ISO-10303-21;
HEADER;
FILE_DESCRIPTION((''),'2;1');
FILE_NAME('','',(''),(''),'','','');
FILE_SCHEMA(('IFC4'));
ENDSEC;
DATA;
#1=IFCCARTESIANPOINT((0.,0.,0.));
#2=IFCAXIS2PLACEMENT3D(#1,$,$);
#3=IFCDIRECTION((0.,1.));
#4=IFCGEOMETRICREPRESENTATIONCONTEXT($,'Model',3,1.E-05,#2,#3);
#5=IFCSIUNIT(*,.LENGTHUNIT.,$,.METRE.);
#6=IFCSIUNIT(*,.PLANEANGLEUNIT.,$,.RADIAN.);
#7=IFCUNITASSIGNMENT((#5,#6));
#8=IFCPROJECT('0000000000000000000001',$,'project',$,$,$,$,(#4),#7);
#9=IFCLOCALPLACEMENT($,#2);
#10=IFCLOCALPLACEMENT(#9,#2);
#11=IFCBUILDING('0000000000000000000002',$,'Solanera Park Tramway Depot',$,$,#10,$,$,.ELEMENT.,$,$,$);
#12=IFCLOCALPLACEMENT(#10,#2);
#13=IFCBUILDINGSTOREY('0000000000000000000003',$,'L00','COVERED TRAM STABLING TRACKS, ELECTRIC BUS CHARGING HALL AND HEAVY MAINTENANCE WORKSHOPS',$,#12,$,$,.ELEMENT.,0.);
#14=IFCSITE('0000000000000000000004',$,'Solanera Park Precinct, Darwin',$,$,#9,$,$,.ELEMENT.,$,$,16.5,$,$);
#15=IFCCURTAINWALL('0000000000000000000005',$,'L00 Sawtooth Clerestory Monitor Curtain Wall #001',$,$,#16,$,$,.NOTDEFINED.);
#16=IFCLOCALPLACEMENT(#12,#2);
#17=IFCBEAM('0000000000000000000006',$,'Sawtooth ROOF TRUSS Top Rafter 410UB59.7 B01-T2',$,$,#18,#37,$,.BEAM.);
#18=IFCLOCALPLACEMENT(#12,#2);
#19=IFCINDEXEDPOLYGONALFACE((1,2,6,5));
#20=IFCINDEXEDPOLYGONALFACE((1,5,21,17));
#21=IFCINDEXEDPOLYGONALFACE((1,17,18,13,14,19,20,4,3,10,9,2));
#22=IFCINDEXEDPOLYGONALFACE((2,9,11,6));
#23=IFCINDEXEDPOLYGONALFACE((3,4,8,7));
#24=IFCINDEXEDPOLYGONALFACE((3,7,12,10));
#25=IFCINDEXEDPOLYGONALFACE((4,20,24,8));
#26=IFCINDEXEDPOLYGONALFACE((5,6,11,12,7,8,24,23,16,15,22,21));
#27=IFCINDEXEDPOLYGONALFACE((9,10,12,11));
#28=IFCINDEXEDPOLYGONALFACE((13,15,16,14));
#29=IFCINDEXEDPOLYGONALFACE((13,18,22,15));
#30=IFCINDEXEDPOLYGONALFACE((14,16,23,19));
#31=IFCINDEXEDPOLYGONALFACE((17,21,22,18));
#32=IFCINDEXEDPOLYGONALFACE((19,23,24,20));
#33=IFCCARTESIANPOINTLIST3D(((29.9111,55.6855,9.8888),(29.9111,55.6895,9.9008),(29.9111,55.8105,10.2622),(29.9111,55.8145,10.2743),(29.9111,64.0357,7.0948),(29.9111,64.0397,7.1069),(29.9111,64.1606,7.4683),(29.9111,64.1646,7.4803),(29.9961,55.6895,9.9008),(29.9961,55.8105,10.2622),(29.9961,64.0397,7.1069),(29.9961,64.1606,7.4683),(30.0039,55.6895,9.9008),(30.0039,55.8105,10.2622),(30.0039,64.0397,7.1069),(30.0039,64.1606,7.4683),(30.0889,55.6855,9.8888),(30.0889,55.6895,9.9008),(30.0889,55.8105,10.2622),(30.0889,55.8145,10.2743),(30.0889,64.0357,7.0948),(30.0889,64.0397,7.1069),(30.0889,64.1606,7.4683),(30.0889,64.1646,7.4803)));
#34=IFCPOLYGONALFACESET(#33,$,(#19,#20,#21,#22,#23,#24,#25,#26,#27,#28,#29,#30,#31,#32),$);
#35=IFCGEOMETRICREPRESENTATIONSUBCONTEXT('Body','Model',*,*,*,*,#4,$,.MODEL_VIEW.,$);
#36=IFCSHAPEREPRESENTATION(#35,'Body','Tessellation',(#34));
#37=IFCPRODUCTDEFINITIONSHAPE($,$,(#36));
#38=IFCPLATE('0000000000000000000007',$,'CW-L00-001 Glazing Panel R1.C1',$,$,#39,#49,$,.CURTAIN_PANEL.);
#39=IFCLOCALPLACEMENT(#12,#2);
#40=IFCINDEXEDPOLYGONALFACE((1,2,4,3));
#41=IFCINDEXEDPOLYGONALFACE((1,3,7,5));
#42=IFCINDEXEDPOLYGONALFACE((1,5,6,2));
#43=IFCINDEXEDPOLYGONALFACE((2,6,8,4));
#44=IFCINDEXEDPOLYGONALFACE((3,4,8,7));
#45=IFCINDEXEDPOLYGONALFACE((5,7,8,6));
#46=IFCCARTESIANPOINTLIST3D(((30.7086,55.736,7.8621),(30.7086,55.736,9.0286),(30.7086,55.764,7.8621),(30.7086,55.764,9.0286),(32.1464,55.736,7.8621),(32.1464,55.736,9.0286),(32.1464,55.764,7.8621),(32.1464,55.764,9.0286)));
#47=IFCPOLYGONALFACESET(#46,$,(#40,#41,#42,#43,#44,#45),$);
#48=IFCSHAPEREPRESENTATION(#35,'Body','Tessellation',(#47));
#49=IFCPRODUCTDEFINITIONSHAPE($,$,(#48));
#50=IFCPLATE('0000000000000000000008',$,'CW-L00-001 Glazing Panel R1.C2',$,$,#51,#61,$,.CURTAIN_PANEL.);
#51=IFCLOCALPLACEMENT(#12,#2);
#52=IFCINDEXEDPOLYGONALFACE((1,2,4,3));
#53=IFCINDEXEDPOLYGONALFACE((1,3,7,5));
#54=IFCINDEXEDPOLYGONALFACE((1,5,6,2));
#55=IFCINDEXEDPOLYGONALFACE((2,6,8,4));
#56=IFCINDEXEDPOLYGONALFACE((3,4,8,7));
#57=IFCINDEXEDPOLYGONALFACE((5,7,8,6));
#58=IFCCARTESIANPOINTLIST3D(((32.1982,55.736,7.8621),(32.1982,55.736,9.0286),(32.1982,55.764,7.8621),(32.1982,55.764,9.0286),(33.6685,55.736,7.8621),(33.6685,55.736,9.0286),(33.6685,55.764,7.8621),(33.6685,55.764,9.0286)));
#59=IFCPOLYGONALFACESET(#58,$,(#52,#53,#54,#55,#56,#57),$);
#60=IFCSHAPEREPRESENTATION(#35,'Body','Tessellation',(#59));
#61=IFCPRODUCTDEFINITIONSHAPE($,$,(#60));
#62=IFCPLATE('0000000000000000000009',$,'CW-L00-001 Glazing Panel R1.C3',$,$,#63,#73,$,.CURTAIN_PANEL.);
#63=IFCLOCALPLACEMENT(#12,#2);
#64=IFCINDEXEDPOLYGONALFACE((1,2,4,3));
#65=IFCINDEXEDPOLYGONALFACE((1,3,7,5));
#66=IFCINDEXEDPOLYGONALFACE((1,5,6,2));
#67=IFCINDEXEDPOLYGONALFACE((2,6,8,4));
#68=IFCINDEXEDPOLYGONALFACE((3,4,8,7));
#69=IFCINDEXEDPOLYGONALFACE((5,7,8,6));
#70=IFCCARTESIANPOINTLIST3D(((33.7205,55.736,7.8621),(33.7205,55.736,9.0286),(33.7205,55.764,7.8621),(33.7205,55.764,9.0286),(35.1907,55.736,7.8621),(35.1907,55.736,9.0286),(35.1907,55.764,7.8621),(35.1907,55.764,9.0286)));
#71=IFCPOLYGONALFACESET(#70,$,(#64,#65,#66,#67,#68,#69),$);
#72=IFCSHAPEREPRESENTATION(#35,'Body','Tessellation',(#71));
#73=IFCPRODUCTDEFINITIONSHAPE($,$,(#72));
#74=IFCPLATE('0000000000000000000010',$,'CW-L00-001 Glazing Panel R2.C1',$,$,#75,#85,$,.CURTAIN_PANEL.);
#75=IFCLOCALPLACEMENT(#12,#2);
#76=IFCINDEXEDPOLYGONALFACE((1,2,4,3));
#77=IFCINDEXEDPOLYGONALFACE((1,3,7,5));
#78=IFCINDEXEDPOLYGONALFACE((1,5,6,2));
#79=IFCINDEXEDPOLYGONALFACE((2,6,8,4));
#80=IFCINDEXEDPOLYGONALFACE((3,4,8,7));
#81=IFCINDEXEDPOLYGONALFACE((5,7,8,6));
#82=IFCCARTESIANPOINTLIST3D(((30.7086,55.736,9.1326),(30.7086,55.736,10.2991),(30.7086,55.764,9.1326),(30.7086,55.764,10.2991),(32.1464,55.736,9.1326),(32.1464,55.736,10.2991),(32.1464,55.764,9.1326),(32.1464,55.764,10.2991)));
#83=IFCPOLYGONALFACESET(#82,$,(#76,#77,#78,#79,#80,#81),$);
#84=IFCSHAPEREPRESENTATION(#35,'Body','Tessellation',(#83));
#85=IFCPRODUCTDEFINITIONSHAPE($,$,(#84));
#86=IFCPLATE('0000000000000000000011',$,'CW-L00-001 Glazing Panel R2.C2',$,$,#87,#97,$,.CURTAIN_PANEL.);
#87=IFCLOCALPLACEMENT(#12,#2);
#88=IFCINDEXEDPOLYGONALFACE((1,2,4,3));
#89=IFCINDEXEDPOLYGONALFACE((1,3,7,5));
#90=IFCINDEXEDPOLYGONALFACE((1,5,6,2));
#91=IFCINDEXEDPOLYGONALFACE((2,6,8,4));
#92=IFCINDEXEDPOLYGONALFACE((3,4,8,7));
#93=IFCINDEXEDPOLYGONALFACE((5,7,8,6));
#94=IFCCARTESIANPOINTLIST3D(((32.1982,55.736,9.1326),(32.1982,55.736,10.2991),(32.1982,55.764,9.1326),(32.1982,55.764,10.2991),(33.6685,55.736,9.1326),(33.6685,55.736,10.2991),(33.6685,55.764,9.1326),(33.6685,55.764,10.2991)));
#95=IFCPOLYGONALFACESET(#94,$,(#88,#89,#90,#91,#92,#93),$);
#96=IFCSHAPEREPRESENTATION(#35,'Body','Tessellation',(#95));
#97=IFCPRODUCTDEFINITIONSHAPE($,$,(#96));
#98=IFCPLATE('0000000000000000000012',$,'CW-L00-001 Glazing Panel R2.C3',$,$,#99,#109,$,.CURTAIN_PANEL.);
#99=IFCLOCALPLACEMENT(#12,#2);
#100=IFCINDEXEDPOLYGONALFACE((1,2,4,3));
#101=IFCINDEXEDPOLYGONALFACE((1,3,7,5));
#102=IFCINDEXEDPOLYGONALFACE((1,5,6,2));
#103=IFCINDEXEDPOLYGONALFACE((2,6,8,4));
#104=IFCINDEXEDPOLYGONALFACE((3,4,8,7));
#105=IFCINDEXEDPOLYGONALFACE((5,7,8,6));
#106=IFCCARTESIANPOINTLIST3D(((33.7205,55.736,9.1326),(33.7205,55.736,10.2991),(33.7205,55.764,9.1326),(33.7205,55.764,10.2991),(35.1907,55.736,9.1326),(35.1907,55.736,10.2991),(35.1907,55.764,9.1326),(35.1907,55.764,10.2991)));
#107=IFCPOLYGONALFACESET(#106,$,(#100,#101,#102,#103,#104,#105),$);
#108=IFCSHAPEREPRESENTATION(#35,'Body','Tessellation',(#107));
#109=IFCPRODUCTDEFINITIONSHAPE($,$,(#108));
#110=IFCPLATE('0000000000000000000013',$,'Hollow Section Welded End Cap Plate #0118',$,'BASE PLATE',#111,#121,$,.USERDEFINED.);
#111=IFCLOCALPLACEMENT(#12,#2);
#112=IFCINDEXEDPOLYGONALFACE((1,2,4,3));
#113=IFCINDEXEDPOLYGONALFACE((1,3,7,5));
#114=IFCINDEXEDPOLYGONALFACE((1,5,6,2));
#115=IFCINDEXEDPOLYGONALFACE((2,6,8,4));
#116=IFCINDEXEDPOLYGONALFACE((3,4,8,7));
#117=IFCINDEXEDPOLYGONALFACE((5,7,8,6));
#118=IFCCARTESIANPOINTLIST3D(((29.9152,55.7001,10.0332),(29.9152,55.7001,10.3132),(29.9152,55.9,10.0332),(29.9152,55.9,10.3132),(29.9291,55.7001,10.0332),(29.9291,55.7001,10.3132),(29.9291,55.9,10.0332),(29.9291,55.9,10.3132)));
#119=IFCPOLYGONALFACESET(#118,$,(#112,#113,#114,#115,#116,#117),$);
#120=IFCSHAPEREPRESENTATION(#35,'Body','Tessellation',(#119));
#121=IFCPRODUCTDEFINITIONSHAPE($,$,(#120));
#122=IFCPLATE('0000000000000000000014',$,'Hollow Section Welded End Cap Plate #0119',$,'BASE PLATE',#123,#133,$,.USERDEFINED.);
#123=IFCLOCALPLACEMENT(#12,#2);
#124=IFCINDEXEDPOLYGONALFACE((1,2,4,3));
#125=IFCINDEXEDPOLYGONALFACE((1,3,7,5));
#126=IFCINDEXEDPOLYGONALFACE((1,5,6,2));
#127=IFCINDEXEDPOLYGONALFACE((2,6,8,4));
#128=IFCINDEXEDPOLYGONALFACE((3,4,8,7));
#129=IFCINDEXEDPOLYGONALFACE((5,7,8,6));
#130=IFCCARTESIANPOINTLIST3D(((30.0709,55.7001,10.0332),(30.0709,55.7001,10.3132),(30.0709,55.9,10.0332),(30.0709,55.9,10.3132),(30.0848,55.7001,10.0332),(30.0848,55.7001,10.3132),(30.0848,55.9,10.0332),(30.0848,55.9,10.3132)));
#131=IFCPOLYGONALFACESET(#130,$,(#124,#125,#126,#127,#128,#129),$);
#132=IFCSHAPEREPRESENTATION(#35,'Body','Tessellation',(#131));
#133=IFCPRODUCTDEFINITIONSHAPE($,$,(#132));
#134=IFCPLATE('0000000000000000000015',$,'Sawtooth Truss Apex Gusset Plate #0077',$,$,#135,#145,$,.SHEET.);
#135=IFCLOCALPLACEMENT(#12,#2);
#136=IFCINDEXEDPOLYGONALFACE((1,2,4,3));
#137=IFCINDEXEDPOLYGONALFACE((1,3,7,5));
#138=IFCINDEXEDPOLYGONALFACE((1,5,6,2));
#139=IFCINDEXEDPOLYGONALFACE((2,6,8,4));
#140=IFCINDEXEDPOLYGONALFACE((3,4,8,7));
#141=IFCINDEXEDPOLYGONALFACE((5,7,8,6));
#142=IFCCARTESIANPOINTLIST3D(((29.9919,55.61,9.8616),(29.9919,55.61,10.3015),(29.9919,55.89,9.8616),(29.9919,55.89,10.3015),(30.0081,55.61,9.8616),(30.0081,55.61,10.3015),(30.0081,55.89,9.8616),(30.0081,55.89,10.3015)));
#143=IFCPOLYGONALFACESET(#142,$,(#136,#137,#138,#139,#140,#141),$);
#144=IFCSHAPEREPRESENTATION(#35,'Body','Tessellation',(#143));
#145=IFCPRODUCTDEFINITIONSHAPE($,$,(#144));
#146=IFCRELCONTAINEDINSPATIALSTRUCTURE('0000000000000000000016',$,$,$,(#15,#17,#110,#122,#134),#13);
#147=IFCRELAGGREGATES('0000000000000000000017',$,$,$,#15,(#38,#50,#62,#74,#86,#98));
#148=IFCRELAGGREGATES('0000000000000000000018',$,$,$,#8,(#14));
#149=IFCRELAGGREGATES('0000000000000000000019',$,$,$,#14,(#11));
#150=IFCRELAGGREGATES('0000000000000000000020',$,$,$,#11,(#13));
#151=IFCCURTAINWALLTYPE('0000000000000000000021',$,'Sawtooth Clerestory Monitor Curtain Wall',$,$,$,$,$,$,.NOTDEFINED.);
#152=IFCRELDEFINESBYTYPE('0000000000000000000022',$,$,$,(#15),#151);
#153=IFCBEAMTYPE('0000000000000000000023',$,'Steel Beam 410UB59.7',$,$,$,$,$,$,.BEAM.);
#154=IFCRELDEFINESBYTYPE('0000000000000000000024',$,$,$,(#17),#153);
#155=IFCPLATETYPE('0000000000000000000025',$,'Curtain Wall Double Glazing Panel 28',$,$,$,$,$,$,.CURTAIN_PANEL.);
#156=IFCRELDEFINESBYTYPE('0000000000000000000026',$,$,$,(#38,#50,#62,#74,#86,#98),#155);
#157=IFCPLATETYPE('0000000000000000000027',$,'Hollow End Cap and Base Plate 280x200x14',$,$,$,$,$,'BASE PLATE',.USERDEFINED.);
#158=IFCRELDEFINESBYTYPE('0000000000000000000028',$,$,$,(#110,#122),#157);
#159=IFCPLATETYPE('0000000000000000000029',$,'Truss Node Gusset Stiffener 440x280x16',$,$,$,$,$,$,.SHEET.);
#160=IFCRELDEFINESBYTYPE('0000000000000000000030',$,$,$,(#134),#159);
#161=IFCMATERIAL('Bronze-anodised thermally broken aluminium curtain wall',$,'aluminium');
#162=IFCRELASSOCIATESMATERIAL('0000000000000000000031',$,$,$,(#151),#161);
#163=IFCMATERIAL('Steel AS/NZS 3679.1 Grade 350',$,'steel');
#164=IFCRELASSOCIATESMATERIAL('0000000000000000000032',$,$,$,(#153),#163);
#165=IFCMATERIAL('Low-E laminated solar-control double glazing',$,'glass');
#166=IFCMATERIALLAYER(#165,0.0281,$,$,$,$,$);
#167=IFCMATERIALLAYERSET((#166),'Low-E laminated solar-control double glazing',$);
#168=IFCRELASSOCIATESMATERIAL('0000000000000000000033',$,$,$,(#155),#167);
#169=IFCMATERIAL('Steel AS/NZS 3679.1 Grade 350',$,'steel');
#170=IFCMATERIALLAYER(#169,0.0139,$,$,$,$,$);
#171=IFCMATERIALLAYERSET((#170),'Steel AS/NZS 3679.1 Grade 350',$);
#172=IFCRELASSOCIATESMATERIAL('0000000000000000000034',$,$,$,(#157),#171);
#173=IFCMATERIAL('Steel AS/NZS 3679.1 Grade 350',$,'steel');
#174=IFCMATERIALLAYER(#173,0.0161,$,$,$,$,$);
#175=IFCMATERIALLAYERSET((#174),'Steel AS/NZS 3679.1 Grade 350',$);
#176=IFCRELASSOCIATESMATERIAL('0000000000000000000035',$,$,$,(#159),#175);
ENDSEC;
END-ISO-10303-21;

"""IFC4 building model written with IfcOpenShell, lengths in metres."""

from ifc_helpers import new_model, si_unit, direction, frame, origin, origin_2d, place, context, subcontext, project, spatial, rectangle, i_section, extrude, material, layer, layer_set, material_profile, profile_set, type_object, element, aggregate, save


model = new_model("IFC4")

# Units and contexts
model_context = context("Model", 3, precision=1e-05, world=origin(), true_north=direction((0.0, 1.0)))
body_context = subcontext(model_context, "Body", "Model", "MODEL_VIEW")
ifc_project = project(units=[si_unit("LENGTHUNIT", "METRE"), si_unit("PLANEANGLEUNIT", "RADIAN")], contexts=[model_context])

# Site, building, storey
site_placement = place(None, origin())
site = spatial("IfcSite", under=ifc_project, at=site_placement, Name="Solanera Park Precinct, Darwin", CompositionType="ELEMENT", RefElevation=16.5)
building_placement = place(site_placement, origin())
building = spatial("IfcBuilding", under=site, at=building_placement, Name="Solanera Park Tramway Depot", CompositionType="ELEMENT")
storey_placement = place(building_placement, origin())
storey = spatial("IfcBuildingStorey", under=building, at=storey_placement, Name="L00", Description="COVERED TRAM STABLING TRACKS, ELECTRIC BUS CHARGING HALL AND HEAVY MAINTENANCE WORKSHOPS", CompositionType="ELEMENT", Elevation=0.0)

# Curtain wall
ifc_material_1 = material(Name="Bronze-anodised thermally broken aluminium curtain wall", Category="aluminium")
curtain_wall_type = type_object("IfcCurtainWallType", Name="Sawtooth Clerestory Monitor Curtain Wall", PredefinedType="NOTDEFINED", material=ifc_material_1)
curtain_wall_placement = place(storey_placement, origin())
curtain_wall = element("IfcCurtainWall", 1, at=curtain_wall_placement, inside=storey, type_object=curtain_wall_type, Name="L00 Sawtooth Clerestory Monitor Curtain Wall #001", PredefinedType="NOTDEFINED")

# Beam
ifc_material_2 = material(Name="Steel AS/NZS 3679.1 Grade 350", Category="steel")
ifc_material_profile_1 = material_profile(ifc_material_2, i_section(OverallWidth=0.1777, OverallDepth=0.4065, WebThickness=0.0078, FlangeThickness=0.0127, at=origin_2d()), Name="410UB59.7")
ifc_profile_set_1 = profile_set([ifc_material_profile_1], Name="Steel AS/NZS 3679.1 Grade 350")
beam_type_1 = type_object("IfcBeamType", Name="Steel Beam 410UB59.7", PredefinedType="BEAM", material=ifc_profile_set_1)
beam_1_placement = place(storey_placement, frame((30.0, 55.75, 10.0815), z_axis=(0.0, 0.948322, -0.317309), x_axis=(-1.0, 0.0, 0.0)))
element("IfcBeam", 2, at=beam_1_placement, inside=storey, type_object=beam_type_1, Name="Sawtooth ROOF TRUSS Top Rafter 410UB59.7 B01-T2", PredefinedType="BEAM", context=body_context, shape_type="SweptSolid", body=[
    extrude(i_section(OverallWidth=0.1777, OverallDepth=0.4065, WebThickness=0.0078, FlangeThickness=0.0127, at=origin_2d()), origin(), (0.0, 0.0, 1.0), 8.8052),
])

# Plates
ifc_material_3 = material(Name="Low-E laminated solar-control double glazing", Category="glass")
ifc_layer_1 = layer(ifc_material_3, 0.0281)
ifc_layer_set_1 = layer_set([ifc_layer_1], Name="Low-E laminated solar-control double glazing")
plate_type_1 = type_object("IfcPlateType", Name="Curtain Wall Double Glazing Panel 28", PredefinedType="CURTAIN_PANEL", material=ifc_layer_set_1)
plate_1_placement = place(storey_placement, frame((31.4275, 55.75, 7.8621), z_axis=(0.0, 0.0, 1.0), x_axis=(1.0, 0.0, 0.0)))
plate_1 = element("IfcPlate", 3, at=plate_1_placement, type_object=plate_type_1, Name="CW-L00-001 Glazing Panel R1.C1", PredefinedType="CURTAIN_PANEL", context=body_context, shape_type="SweptSolid", body=[
    extrude(rectangle(XDim=1.4377, YDim=0.0281, at=origin_2d()), origin(), (0.0, 0.0, 1.0), 1.1665),
])
plate_2_placement = place(storey_placement, frame((32.9333, 55.75, 7.8621), z_axis=(0.0, 0.0, 1.0), x_axis=(1.0, 0.0, 0.0)))
plate_2 = element("IfcPlate", 4, at=plate_2_placement, type_object=plate_type_1, Name="CW-L00-001 Glazing Panel R1.C2", PredefinedType="CURTAIN_PANEL", context=body_context, shape_type="SweptSolid", body=[
    extrude(rectangle(XDim=1.4702, YDim=0.0281, at=origin_2d()), origin(), (0.0, 0.0, 1.0), 1.1665),
])
plate_3_placement = place(storey_placement, frame((34.4556, 55.75, 7.8621), z_axis=(0.0, 0.0, 1.0), x_axis=(1.0, 0.0, 0.0)))
plate_3 = element("IfcPlate", 5, at=plate_3_placement, type_object=plate_type_1, Name="CW-L00-001 Glazing Panel R1.C3", PredefinedType="CURTAIN_PANEL", context=body_context, shape_type="SweptSolid", body=[
    extrude(rectangle(XDim=1.4702, YDim=0.0281, at=origin_2d()), origin(), (0.0, 0.0, 1.0), 1.1665),
])
plate_4_placement = place(storey_placement, frame((31.4275, 55.75, 9.1326), z_axis=(0.0, 0.0, 1.0), x_axis=(1.0, 0.0, 0.0)))
plate_4 = element("IfcPlate", 6, at=plate_4_placement, type_object=plate_type_1, Name="CW-L00-001 Glazing Panel R2.C1", PredefinedType="CURTAIN_PANEL", context=body_context, shape_type="SweptSolid", body=[
    extrude(rectangle(XDim=1.4377, YDim=0.0281, at=origin_2d()), origin(), (0.0, 0.0, 1.0), 1.1665),
])
plate_5_placement = place(storey_placement, frame((32.9333, 55.75, 9.1326), z_axis=(0.0, 0.0, 1.0), x_axis=(1.0, 0.0, 0.0)))
plate_5 = element("IfcPlate", 7, at=plate_5_placement, type_object=plate_type_1, Name="CW-L00-001 Glazing Panel R2.C2", PredefinedType="CURTAIN_PANEL", context=body_context, shape_type="SweptSolid", body=[
    extrude(rectangle(XDim=1.4702, YDim=0.0281, at=origin_2d()), origin(), (0.0, 0.0, 1.0), 1.1665),
])
plate_6_placement = place(storey_placement, frame((34.4556, 55.75, 9.1326), z_axis=(0.0, 0.0, 1.0), x_axis=(1.0, 0.0, 0.0)))
plate_6 = element("IfcPlate", 8, at=plate_6_placement, type_object=plate_type_1, Name="CW-L00-001 Glazing Panel R2.C3", PredefinedType="CURTAIN_PANEL", context=body_context, shape_type="SweptSolid", body=[
    extrude(rectangle(XDim=1.4702, YDim=0.0281, at=origin_2d()), origin(), (0.0, 0.0, 1.0), 1.1665),
])
aggregate(curtain_wall, [plate_1, plate_2, plate_3, plate_4, plate_5, plate_6])

# Plates
ifc_material_4 = material(Name="Steel AS/NZS 3679.1 Grade 350", Category="steel")
ifc_layer_2 = layer(ifc_material_4, 0.0139)
ifc_layer_set_2 = layer_set([ifc_layer_2], Name="Steel AS/NZS 3679.1 Grade 350")
plate_type_2 = type_object("IfcPlateType", Name="Hollow End Cap and Base Plate 280x200x14", ElementType="BASE PLATE", PredefinedType="USERDEFINED", material=ifc_layer_set_2)
for number, where, z_axis, x_axis, name in (
    (9, (29.9221, 55.8, 10.0332), (0.0, 0.0, 1.0), (1.0, 0.0, 0.0), "Hollow Section Welded End Cap Plate #0118"),
    (10, (30.0779, 55.8, 10.0332), (0.0, 0.0, 1.0), (1.0, 0.0, 0.0), "Hollow Section Welded End Cap Plate #0119"),
):
    element("IfcPlate", number, at=place(storey_placement, frame(where, z_axis=z_axis, x_axis=x_axis)), inside=storey, type_object=plate_type_2, Name=name, ObjectType="BASE PLATE", PredefinedType="USERDEFINED", context=body_context, shape_type="SweptSolid", body=[
        extrude(rectangle(XDim=0.0139, YDim=0.2, at=origin_2d()), origin(), (0.0, 0.0, 1.0), 0.28),
    ])
ifc_material_5 = material(Name="Steel AS/NZS 3679.1 Grade 350", Category="steel")
ifc_layer_3 = layer(ifc_material_5, 0.0161)
ifc_layer_set_3 = layer_set([ifc_layer_3], Name="Steel AS/NZS 3679.1 Grade 350")
plate_type_3 = type_object("IfcPlateType", Name="Truss Node Gusset Stiffener 440x280x16", PredefinedType="SHEET", material=ifc_layer_set_3)
plate_7_placement = place(storey_placement, frame((30.0, 55.75, 9.8616), z_axis=(0.0, 0.0, 1.0), x_axis=(1.0, 0.0, 0.0)))
element("IfcPlate", 11, at=plate_7_placement, inside=storey, type_object=plate_type_3, Name="Sawtooth Truss Apex Gusset Plate #0077", PredefinedType="SHEET", context=body_context, shape_type="SweptSolid", body=[
    extrude(rectangle(XDim=0.0161, YDim=0.28, at=origin_2d()), origin(), (0.0, 0.0, 1.0), 0.4399),
])

save(model, "model.ifc")
